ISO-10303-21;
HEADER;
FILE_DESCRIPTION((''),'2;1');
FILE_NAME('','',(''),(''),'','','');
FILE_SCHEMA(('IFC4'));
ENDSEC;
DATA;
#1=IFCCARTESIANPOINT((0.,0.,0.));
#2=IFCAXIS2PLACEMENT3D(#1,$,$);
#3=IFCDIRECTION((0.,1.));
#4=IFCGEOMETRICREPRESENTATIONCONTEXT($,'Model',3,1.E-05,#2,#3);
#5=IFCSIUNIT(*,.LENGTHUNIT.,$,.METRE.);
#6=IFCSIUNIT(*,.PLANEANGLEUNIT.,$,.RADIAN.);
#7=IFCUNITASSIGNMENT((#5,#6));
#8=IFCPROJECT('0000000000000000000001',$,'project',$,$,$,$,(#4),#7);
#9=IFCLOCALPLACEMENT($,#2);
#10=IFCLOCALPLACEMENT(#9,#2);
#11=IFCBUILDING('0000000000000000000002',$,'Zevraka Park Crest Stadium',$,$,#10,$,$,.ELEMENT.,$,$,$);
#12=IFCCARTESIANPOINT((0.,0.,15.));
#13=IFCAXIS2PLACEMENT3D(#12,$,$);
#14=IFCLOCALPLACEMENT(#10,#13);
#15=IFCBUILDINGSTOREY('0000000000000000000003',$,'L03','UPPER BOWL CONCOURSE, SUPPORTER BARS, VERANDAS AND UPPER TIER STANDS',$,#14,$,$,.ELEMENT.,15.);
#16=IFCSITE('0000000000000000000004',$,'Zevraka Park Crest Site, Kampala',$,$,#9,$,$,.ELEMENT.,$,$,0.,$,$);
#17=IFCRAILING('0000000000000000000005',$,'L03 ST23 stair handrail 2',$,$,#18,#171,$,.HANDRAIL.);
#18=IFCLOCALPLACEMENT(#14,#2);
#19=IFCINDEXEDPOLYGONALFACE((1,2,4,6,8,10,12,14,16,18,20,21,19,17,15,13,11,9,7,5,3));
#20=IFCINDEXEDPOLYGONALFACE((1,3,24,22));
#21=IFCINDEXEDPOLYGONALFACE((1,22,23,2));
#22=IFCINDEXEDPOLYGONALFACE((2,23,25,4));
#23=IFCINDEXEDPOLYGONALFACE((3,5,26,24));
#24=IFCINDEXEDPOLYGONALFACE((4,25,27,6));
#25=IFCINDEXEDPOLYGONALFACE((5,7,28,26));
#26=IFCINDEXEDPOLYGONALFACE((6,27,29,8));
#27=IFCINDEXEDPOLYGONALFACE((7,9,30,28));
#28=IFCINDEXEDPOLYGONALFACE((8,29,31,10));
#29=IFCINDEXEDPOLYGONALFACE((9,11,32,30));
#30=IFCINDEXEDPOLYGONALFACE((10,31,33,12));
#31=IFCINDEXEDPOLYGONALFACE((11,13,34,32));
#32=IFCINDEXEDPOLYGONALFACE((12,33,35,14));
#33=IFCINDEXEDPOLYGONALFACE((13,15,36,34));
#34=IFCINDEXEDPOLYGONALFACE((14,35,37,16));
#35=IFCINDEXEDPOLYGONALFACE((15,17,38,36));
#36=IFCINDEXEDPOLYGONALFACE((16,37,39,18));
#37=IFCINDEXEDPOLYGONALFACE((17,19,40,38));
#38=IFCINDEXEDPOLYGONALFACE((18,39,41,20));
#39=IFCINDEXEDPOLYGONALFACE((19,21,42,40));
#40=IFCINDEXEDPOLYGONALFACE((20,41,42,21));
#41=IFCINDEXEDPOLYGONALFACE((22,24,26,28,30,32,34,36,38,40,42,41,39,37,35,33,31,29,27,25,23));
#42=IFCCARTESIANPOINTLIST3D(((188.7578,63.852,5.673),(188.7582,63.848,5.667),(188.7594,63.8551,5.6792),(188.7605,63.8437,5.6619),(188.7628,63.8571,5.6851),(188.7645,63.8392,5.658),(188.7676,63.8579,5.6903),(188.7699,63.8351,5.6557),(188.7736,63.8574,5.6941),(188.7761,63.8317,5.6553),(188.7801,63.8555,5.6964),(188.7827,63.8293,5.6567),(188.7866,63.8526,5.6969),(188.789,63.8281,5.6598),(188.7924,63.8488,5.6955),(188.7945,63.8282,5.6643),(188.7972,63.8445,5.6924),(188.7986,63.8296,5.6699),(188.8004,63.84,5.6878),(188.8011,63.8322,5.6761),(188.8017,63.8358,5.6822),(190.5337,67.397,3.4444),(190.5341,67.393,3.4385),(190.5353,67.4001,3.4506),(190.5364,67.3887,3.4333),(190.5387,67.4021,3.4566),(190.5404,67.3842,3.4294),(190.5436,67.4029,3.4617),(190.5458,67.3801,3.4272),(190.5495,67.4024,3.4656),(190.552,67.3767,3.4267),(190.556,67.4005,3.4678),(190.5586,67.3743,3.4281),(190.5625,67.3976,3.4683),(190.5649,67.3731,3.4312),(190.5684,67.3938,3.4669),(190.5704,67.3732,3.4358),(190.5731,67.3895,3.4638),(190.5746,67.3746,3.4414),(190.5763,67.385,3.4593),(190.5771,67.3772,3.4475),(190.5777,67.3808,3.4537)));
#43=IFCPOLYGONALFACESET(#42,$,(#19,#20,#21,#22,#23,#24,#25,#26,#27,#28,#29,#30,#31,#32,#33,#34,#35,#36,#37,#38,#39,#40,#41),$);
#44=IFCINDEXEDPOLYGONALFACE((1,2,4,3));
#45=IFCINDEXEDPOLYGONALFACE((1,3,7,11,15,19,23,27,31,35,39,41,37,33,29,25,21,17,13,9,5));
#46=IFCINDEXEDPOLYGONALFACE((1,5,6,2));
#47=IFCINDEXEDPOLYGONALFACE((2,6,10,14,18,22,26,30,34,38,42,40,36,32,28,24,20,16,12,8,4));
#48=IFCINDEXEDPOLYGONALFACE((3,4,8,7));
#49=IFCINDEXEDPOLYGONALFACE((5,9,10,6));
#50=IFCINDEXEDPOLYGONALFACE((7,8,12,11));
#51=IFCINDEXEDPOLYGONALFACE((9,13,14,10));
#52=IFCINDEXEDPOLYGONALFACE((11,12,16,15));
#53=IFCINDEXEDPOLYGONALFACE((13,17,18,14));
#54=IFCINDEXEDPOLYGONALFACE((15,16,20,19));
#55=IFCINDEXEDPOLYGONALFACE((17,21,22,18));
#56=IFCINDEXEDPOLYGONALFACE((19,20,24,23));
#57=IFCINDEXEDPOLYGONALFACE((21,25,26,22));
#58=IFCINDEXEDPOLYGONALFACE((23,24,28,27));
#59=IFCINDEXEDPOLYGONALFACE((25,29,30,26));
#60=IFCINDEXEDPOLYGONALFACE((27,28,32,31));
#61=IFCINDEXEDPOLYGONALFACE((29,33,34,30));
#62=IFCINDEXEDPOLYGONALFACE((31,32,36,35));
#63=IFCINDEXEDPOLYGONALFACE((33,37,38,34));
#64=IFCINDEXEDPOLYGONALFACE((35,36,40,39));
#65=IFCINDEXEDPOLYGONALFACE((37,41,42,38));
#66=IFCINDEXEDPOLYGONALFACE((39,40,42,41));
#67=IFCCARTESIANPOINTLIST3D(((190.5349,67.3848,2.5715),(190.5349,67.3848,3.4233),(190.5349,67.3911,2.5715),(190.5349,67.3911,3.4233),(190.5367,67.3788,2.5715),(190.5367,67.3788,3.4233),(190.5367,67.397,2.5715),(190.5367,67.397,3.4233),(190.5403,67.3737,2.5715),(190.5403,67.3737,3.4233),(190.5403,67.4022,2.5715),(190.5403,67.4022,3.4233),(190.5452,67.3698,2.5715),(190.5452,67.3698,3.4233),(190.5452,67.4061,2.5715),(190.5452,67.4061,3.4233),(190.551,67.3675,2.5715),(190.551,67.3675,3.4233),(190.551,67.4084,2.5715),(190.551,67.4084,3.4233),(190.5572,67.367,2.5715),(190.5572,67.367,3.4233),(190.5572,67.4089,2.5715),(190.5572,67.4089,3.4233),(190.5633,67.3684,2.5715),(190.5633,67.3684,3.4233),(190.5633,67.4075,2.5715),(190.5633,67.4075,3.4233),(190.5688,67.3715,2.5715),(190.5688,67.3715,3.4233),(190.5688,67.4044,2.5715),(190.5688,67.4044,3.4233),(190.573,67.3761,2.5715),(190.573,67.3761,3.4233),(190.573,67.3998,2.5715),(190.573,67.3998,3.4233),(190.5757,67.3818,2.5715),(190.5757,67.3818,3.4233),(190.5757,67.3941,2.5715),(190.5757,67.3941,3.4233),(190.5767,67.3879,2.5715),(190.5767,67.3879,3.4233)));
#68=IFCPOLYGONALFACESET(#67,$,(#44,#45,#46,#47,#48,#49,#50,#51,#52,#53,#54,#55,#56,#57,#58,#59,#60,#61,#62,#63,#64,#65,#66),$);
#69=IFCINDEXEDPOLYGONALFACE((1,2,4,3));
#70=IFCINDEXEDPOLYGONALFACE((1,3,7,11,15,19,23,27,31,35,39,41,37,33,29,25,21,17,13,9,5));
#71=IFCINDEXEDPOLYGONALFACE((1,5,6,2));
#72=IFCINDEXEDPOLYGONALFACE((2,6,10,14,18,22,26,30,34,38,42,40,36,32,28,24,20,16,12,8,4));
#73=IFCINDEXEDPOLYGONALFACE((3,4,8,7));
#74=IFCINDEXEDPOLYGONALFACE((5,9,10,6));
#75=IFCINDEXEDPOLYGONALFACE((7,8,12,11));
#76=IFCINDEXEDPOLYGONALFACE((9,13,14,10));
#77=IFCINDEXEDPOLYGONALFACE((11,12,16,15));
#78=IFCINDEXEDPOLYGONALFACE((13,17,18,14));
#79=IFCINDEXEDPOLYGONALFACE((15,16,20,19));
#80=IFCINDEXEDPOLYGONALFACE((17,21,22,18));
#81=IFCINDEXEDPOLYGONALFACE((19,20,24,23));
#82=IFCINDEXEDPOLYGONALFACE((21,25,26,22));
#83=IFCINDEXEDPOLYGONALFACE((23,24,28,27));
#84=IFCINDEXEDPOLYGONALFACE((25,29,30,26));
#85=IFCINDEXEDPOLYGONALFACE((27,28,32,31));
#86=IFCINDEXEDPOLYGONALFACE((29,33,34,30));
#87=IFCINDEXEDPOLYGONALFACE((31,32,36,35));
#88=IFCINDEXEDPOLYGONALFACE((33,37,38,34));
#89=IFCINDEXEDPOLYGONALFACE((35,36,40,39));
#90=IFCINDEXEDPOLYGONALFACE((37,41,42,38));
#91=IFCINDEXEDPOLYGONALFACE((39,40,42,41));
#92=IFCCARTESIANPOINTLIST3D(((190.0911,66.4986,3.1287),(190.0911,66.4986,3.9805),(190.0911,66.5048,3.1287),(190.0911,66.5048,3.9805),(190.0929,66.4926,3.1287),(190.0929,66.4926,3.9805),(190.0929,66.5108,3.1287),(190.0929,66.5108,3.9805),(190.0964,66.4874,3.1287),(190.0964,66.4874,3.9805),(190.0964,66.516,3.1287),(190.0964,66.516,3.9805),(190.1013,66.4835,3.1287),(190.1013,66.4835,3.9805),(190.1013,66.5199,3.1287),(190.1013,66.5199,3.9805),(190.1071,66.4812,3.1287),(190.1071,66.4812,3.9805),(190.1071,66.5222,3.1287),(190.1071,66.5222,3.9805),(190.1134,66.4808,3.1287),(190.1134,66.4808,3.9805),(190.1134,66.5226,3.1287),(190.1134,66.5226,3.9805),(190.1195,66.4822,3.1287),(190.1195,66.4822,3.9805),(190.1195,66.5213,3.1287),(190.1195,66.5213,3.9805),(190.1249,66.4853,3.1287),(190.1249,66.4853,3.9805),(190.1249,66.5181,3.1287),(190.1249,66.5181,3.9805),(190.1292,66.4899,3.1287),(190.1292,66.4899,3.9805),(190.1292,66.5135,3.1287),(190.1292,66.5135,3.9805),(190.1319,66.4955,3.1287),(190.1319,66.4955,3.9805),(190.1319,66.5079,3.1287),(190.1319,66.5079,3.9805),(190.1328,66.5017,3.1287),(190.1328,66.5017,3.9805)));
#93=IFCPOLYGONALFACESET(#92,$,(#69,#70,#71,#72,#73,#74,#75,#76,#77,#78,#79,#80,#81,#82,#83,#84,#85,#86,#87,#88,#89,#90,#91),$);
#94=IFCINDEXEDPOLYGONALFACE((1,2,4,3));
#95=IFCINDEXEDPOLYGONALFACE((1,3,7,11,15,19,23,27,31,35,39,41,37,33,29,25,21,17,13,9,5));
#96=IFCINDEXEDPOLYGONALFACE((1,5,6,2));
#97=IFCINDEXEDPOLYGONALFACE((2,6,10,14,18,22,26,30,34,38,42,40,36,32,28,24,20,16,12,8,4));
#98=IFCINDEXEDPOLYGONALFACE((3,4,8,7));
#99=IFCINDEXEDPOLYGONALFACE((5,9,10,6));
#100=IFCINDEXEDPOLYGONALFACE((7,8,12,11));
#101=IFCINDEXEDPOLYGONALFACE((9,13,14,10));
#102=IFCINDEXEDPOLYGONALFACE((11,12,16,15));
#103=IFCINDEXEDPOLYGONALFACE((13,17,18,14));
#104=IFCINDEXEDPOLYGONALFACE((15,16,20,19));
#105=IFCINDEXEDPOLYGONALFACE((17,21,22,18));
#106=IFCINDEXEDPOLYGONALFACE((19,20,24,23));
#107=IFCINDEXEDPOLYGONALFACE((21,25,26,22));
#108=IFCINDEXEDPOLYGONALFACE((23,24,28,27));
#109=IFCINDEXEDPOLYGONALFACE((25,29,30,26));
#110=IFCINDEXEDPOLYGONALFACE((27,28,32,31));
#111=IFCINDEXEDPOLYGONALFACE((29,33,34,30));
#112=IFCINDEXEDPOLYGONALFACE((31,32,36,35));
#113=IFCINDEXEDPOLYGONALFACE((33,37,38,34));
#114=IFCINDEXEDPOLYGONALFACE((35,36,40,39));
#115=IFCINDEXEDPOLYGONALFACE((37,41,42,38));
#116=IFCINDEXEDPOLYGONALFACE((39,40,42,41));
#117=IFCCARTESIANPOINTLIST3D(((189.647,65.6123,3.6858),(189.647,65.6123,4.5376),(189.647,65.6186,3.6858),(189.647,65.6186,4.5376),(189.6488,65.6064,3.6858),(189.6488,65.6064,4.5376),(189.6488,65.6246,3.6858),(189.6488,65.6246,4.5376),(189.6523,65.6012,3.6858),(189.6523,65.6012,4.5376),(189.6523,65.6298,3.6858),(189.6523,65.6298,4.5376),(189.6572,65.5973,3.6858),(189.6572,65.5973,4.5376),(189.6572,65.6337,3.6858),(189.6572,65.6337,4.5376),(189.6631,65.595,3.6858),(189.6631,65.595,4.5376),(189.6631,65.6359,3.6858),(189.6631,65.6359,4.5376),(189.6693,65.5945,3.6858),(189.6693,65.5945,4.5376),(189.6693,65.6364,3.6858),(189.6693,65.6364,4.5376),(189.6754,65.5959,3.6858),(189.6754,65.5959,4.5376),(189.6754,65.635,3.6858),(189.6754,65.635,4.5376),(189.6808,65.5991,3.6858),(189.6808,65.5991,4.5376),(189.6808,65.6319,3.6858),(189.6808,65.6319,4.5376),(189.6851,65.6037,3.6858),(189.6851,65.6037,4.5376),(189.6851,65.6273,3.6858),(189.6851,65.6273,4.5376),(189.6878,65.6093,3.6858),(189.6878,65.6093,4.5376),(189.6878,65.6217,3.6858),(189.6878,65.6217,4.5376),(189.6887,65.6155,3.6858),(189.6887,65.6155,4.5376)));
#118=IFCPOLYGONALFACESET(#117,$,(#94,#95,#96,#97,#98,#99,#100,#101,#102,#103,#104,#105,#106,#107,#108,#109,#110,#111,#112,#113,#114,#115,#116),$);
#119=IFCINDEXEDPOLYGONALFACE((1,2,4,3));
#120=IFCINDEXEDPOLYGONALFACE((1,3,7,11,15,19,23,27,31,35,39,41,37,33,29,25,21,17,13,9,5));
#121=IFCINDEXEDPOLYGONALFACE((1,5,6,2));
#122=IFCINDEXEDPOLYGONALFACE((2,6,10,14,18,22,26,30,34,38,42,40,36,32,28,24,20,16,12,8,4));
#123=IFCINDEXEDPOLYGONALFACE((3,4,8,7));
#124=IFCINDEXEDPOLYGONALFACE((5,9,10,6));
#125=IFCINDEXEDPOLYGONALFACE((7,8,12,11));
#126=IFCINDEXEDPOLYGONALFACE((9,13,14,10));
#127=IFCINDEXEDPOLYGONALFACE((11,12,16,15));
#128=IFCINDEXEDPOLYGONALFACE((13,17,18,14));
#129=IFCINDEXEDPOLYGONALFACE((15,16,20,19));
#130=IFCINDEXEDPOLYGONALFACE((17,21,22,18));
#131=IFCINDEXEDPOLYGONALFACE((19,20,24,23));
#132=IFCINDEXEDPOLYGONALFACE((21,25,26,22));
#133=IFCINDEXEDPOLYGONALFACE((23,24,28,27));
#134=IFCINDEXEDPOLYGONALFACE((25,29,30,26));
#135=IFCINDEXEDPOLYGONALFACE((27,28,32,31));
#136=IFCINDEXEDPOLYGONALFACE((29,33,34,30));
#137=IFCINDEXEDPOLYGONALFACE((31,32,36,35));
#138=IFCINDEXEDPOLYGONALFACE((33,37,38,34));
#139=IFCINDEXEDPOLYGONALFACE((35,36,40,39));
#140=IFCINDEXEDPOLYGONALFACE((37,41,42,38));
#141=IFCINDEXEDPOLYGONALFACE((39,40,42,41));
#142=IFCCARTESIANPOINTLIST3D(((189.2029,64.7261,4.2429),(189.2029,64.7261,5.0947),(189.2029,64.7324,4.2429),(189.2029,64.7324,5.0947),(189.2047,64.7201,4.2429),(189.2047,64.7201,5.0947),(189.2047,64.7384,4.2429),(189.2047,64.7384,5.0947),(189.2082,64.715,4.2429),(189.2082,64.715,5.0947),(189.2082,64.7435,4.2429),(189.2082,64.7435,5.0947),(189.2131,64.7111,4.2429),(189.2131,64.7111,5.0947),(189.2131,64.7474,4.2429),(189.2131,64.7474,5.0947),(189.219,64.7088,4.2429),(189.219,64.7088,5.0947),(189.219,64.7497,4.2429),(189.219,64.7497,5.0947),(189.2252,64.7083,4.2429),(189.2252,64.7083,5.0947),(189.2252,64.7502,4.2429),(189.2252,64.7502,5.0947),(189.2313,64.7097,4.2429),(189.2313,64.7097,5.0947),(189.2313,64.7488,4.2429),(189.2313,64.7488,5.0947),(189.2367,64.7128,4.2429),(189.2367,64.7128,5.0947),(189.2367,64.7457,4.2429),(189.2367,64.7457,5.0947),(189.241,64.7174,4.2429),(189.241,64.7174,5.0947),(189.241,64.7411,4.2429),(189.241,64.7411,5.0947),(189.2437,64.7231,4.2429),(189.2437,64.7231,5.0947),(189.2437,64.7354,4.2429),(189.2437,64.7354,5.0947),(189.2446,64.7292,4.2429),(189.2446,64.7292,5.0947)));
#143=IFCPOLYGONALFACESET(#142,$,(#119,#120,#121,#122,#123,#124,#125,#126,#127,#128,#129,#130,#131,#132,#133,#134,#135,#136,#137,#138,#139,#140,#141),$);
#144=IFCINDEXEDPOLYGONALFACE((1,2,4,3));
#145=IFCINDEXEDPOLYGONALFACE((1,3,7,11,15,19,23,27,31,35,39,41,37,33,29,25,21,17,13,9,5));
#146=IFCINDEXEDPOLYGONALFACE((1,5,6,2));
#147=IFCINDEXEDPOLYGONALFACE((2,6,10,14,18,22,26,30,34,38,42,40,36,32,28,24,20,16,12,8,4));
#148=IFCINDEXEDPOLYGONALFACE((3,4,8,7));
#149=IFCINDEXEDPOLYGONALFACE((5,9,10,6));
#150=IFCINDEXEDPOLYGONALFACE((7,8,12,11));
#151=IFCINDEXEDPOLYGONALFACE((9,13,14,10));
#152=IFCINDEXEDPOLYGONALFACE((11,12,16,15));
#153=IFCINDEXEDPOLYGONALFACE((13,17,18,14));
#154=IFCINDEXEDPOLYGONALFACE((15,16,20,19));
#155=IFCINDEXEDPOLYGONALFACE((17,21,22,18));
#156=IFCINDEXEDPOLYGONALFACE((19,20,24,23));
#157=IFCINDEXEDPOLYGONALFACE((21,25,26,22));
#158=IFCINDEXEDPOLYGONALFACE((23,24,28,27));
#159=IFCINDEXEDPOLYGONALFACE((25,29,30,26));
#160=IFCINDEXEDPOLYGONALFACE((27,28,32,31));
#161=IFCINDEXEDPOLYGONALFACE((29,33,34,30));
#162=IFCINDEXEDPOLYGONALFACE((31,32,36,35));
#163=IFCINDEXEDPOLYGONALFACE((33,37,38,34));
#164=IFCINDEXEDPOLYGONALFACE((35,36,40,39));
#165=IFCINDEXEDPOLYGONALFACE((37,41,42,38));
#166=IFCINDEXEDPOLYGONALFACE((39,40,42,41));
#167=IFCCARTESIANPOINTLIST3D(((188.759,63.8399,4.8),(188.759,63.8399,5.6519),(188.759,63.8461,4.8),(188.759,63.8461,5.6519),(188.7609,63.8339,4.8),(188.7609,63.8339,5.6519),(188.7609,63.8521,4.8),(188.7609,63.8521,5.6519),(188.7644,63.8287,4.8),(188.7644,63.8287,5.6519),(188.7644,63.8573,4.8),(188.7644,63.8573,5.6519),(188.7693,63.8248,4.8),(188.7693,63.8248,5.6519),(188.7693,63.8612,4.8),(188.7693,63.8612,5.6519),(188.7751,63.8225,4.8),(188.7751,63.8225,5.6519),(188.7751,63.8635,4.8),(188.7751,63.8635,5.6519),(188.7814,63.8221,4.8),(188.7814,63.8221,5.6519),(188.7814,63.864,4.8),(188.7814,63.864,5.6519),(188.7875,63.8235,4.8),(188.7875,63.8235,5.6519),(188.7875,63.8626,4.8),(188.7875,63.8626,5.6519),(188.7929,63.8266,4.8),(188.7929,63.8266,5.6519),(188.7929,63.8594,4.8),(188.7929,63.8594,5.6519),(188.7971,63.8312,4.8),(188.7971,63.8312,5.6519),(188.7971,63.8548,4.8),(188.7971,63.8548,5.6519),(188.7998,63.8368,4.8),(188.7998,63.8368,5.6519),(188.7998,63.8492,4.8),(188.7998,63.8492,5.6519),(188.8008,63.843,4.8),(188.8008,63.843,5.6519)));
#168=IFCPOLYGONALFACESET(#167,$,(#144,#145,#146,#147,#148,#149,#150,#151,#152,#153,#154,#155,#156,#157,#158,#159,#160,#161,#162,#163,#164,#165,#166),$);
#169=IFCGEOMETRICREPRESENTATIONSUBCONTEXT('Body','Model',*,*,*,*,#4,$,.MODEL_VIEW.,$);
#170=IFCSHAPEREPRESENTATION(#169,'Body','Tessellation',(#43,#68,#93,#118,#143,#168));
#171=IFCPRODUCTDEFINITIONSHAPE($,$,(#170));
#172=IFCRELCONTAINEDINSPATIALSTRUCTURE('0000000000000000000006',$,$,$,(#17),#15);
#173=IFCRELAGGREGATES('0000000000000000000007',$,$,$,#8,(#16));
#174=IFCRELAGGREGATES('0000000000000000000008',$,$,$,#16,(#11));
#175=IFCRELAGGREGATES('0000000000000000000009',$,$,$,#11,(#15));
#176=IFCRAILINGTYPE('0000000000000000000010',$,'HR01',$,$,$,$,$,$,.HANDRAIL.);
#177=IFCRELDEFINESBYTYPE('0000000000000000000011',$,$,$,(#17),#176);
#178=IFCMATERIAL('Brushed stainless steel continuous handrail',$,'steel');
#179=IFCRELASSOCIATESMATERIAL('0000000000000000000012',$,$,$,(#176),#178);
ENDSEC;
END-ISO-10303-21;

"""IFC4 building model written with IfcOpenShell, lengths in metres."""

from ifc_helpers import new_model, si_unit, direction, frame, origin, origin_2d, place, context, subcontext, project, spatial, circle, extrude, material, type_object, element, save


model = new_model("IFC4")

# Units and contexts
model_context = context("Model", 3, precision=1e-05, world=origin(), true_north=direction((0.0, 1.0)))
body_context = subcontext(model_context, "Body", "Model", "MODEL_VIEW")
ifc_project = project(units=[si_unit("LENGTHUNIT", "METRE"), si_unit("PLANEANGLEUNIT", "RADIAN")], contexts=[model_context])

# Site, building, storey
site_placement = place(None, origin())
site = spatial("IfcSite", under=ifc_project, at=site_placement, Name="Zevraka Park Crest Site, Kampala", CompositionType="ELEMENT", RefElevation=0.0)
building_placement = place(site_placement, origin())
building = spatial("IfcBuilding", under=site, at=building_placement, Name="Zevraka Park Crest Stadium", CompositionType="ELEMENT")
storey_placement = place(building_placement, frame((0.0, 0.0, 15.0)))
storey = spatial("IfcBuildingStorey", under=building, at=storey_placement, Name="L03", Description="UPPER BOWL CONCOURSE, SUPPORTER BARS, VERANDAS AND UPPER TIER STANDS", CompositionType="ELEMENT", Elevation=15.0)

# Railing
ifc_material_1 = material(Name="Brushed stainless steel continuous handrail", Category="steel")
railing_type_1 = type_object("IfcRailingType", Name="HR01", PredefinedType="HANDRAIL", material=ifc_material_1)
railing_1_placement = place(storey_placement, frame((190.5557, 67.3879, 2.5715)))
element("IfcRailing", 1, at=railing_1_placement, inside=storey, type_object=railing_type_1, Name="L03 ST23 stair handrail 2", PredefinedType="HANDRAIL", context=body_context, shape_type="SweptSolid", body=[
    extrude(circle(Radius=0.0239, at=origin_2d()), frame((0.0, 0.0, 0.876), z_axis=(-0.390454, -0.779405, 0.489973), x_axis=(0.894082, -0.447903, 0.0)), (0.0, 0.0, 1.0), 4.5483),
    extrude(circle(Radius=0.021, at=origin_2d()), origin(), (0.0, 0.0, 1.0), 0.8518),
    extrude(circle(Radius=0.021, at=origin_2d()), frame((-0.4438, -0.8862, 0.5571)), (0.0, 0.0, 1.0), 0.8518),
    extrude(circle(Radius=0.021, at=origin_2d()), frame((-0.8879, -1.7725, 1.1143)), (0.0, 0.0, 1.0), 0.8518),
    extrude(circle(Radius=0.021, at=origin_2d()), frame((-1.332, -2.6587, 1.6714)), (0.0, 0.0, 1.0), 0.8518),
    extrude(circle(Radius=0.021, at=origin_2d()), frame((-1.7759, -3.5449, 2.2285)), (0.0, 0.0, 1.0), 0.8518),
])

save(model, "model.ifc")
